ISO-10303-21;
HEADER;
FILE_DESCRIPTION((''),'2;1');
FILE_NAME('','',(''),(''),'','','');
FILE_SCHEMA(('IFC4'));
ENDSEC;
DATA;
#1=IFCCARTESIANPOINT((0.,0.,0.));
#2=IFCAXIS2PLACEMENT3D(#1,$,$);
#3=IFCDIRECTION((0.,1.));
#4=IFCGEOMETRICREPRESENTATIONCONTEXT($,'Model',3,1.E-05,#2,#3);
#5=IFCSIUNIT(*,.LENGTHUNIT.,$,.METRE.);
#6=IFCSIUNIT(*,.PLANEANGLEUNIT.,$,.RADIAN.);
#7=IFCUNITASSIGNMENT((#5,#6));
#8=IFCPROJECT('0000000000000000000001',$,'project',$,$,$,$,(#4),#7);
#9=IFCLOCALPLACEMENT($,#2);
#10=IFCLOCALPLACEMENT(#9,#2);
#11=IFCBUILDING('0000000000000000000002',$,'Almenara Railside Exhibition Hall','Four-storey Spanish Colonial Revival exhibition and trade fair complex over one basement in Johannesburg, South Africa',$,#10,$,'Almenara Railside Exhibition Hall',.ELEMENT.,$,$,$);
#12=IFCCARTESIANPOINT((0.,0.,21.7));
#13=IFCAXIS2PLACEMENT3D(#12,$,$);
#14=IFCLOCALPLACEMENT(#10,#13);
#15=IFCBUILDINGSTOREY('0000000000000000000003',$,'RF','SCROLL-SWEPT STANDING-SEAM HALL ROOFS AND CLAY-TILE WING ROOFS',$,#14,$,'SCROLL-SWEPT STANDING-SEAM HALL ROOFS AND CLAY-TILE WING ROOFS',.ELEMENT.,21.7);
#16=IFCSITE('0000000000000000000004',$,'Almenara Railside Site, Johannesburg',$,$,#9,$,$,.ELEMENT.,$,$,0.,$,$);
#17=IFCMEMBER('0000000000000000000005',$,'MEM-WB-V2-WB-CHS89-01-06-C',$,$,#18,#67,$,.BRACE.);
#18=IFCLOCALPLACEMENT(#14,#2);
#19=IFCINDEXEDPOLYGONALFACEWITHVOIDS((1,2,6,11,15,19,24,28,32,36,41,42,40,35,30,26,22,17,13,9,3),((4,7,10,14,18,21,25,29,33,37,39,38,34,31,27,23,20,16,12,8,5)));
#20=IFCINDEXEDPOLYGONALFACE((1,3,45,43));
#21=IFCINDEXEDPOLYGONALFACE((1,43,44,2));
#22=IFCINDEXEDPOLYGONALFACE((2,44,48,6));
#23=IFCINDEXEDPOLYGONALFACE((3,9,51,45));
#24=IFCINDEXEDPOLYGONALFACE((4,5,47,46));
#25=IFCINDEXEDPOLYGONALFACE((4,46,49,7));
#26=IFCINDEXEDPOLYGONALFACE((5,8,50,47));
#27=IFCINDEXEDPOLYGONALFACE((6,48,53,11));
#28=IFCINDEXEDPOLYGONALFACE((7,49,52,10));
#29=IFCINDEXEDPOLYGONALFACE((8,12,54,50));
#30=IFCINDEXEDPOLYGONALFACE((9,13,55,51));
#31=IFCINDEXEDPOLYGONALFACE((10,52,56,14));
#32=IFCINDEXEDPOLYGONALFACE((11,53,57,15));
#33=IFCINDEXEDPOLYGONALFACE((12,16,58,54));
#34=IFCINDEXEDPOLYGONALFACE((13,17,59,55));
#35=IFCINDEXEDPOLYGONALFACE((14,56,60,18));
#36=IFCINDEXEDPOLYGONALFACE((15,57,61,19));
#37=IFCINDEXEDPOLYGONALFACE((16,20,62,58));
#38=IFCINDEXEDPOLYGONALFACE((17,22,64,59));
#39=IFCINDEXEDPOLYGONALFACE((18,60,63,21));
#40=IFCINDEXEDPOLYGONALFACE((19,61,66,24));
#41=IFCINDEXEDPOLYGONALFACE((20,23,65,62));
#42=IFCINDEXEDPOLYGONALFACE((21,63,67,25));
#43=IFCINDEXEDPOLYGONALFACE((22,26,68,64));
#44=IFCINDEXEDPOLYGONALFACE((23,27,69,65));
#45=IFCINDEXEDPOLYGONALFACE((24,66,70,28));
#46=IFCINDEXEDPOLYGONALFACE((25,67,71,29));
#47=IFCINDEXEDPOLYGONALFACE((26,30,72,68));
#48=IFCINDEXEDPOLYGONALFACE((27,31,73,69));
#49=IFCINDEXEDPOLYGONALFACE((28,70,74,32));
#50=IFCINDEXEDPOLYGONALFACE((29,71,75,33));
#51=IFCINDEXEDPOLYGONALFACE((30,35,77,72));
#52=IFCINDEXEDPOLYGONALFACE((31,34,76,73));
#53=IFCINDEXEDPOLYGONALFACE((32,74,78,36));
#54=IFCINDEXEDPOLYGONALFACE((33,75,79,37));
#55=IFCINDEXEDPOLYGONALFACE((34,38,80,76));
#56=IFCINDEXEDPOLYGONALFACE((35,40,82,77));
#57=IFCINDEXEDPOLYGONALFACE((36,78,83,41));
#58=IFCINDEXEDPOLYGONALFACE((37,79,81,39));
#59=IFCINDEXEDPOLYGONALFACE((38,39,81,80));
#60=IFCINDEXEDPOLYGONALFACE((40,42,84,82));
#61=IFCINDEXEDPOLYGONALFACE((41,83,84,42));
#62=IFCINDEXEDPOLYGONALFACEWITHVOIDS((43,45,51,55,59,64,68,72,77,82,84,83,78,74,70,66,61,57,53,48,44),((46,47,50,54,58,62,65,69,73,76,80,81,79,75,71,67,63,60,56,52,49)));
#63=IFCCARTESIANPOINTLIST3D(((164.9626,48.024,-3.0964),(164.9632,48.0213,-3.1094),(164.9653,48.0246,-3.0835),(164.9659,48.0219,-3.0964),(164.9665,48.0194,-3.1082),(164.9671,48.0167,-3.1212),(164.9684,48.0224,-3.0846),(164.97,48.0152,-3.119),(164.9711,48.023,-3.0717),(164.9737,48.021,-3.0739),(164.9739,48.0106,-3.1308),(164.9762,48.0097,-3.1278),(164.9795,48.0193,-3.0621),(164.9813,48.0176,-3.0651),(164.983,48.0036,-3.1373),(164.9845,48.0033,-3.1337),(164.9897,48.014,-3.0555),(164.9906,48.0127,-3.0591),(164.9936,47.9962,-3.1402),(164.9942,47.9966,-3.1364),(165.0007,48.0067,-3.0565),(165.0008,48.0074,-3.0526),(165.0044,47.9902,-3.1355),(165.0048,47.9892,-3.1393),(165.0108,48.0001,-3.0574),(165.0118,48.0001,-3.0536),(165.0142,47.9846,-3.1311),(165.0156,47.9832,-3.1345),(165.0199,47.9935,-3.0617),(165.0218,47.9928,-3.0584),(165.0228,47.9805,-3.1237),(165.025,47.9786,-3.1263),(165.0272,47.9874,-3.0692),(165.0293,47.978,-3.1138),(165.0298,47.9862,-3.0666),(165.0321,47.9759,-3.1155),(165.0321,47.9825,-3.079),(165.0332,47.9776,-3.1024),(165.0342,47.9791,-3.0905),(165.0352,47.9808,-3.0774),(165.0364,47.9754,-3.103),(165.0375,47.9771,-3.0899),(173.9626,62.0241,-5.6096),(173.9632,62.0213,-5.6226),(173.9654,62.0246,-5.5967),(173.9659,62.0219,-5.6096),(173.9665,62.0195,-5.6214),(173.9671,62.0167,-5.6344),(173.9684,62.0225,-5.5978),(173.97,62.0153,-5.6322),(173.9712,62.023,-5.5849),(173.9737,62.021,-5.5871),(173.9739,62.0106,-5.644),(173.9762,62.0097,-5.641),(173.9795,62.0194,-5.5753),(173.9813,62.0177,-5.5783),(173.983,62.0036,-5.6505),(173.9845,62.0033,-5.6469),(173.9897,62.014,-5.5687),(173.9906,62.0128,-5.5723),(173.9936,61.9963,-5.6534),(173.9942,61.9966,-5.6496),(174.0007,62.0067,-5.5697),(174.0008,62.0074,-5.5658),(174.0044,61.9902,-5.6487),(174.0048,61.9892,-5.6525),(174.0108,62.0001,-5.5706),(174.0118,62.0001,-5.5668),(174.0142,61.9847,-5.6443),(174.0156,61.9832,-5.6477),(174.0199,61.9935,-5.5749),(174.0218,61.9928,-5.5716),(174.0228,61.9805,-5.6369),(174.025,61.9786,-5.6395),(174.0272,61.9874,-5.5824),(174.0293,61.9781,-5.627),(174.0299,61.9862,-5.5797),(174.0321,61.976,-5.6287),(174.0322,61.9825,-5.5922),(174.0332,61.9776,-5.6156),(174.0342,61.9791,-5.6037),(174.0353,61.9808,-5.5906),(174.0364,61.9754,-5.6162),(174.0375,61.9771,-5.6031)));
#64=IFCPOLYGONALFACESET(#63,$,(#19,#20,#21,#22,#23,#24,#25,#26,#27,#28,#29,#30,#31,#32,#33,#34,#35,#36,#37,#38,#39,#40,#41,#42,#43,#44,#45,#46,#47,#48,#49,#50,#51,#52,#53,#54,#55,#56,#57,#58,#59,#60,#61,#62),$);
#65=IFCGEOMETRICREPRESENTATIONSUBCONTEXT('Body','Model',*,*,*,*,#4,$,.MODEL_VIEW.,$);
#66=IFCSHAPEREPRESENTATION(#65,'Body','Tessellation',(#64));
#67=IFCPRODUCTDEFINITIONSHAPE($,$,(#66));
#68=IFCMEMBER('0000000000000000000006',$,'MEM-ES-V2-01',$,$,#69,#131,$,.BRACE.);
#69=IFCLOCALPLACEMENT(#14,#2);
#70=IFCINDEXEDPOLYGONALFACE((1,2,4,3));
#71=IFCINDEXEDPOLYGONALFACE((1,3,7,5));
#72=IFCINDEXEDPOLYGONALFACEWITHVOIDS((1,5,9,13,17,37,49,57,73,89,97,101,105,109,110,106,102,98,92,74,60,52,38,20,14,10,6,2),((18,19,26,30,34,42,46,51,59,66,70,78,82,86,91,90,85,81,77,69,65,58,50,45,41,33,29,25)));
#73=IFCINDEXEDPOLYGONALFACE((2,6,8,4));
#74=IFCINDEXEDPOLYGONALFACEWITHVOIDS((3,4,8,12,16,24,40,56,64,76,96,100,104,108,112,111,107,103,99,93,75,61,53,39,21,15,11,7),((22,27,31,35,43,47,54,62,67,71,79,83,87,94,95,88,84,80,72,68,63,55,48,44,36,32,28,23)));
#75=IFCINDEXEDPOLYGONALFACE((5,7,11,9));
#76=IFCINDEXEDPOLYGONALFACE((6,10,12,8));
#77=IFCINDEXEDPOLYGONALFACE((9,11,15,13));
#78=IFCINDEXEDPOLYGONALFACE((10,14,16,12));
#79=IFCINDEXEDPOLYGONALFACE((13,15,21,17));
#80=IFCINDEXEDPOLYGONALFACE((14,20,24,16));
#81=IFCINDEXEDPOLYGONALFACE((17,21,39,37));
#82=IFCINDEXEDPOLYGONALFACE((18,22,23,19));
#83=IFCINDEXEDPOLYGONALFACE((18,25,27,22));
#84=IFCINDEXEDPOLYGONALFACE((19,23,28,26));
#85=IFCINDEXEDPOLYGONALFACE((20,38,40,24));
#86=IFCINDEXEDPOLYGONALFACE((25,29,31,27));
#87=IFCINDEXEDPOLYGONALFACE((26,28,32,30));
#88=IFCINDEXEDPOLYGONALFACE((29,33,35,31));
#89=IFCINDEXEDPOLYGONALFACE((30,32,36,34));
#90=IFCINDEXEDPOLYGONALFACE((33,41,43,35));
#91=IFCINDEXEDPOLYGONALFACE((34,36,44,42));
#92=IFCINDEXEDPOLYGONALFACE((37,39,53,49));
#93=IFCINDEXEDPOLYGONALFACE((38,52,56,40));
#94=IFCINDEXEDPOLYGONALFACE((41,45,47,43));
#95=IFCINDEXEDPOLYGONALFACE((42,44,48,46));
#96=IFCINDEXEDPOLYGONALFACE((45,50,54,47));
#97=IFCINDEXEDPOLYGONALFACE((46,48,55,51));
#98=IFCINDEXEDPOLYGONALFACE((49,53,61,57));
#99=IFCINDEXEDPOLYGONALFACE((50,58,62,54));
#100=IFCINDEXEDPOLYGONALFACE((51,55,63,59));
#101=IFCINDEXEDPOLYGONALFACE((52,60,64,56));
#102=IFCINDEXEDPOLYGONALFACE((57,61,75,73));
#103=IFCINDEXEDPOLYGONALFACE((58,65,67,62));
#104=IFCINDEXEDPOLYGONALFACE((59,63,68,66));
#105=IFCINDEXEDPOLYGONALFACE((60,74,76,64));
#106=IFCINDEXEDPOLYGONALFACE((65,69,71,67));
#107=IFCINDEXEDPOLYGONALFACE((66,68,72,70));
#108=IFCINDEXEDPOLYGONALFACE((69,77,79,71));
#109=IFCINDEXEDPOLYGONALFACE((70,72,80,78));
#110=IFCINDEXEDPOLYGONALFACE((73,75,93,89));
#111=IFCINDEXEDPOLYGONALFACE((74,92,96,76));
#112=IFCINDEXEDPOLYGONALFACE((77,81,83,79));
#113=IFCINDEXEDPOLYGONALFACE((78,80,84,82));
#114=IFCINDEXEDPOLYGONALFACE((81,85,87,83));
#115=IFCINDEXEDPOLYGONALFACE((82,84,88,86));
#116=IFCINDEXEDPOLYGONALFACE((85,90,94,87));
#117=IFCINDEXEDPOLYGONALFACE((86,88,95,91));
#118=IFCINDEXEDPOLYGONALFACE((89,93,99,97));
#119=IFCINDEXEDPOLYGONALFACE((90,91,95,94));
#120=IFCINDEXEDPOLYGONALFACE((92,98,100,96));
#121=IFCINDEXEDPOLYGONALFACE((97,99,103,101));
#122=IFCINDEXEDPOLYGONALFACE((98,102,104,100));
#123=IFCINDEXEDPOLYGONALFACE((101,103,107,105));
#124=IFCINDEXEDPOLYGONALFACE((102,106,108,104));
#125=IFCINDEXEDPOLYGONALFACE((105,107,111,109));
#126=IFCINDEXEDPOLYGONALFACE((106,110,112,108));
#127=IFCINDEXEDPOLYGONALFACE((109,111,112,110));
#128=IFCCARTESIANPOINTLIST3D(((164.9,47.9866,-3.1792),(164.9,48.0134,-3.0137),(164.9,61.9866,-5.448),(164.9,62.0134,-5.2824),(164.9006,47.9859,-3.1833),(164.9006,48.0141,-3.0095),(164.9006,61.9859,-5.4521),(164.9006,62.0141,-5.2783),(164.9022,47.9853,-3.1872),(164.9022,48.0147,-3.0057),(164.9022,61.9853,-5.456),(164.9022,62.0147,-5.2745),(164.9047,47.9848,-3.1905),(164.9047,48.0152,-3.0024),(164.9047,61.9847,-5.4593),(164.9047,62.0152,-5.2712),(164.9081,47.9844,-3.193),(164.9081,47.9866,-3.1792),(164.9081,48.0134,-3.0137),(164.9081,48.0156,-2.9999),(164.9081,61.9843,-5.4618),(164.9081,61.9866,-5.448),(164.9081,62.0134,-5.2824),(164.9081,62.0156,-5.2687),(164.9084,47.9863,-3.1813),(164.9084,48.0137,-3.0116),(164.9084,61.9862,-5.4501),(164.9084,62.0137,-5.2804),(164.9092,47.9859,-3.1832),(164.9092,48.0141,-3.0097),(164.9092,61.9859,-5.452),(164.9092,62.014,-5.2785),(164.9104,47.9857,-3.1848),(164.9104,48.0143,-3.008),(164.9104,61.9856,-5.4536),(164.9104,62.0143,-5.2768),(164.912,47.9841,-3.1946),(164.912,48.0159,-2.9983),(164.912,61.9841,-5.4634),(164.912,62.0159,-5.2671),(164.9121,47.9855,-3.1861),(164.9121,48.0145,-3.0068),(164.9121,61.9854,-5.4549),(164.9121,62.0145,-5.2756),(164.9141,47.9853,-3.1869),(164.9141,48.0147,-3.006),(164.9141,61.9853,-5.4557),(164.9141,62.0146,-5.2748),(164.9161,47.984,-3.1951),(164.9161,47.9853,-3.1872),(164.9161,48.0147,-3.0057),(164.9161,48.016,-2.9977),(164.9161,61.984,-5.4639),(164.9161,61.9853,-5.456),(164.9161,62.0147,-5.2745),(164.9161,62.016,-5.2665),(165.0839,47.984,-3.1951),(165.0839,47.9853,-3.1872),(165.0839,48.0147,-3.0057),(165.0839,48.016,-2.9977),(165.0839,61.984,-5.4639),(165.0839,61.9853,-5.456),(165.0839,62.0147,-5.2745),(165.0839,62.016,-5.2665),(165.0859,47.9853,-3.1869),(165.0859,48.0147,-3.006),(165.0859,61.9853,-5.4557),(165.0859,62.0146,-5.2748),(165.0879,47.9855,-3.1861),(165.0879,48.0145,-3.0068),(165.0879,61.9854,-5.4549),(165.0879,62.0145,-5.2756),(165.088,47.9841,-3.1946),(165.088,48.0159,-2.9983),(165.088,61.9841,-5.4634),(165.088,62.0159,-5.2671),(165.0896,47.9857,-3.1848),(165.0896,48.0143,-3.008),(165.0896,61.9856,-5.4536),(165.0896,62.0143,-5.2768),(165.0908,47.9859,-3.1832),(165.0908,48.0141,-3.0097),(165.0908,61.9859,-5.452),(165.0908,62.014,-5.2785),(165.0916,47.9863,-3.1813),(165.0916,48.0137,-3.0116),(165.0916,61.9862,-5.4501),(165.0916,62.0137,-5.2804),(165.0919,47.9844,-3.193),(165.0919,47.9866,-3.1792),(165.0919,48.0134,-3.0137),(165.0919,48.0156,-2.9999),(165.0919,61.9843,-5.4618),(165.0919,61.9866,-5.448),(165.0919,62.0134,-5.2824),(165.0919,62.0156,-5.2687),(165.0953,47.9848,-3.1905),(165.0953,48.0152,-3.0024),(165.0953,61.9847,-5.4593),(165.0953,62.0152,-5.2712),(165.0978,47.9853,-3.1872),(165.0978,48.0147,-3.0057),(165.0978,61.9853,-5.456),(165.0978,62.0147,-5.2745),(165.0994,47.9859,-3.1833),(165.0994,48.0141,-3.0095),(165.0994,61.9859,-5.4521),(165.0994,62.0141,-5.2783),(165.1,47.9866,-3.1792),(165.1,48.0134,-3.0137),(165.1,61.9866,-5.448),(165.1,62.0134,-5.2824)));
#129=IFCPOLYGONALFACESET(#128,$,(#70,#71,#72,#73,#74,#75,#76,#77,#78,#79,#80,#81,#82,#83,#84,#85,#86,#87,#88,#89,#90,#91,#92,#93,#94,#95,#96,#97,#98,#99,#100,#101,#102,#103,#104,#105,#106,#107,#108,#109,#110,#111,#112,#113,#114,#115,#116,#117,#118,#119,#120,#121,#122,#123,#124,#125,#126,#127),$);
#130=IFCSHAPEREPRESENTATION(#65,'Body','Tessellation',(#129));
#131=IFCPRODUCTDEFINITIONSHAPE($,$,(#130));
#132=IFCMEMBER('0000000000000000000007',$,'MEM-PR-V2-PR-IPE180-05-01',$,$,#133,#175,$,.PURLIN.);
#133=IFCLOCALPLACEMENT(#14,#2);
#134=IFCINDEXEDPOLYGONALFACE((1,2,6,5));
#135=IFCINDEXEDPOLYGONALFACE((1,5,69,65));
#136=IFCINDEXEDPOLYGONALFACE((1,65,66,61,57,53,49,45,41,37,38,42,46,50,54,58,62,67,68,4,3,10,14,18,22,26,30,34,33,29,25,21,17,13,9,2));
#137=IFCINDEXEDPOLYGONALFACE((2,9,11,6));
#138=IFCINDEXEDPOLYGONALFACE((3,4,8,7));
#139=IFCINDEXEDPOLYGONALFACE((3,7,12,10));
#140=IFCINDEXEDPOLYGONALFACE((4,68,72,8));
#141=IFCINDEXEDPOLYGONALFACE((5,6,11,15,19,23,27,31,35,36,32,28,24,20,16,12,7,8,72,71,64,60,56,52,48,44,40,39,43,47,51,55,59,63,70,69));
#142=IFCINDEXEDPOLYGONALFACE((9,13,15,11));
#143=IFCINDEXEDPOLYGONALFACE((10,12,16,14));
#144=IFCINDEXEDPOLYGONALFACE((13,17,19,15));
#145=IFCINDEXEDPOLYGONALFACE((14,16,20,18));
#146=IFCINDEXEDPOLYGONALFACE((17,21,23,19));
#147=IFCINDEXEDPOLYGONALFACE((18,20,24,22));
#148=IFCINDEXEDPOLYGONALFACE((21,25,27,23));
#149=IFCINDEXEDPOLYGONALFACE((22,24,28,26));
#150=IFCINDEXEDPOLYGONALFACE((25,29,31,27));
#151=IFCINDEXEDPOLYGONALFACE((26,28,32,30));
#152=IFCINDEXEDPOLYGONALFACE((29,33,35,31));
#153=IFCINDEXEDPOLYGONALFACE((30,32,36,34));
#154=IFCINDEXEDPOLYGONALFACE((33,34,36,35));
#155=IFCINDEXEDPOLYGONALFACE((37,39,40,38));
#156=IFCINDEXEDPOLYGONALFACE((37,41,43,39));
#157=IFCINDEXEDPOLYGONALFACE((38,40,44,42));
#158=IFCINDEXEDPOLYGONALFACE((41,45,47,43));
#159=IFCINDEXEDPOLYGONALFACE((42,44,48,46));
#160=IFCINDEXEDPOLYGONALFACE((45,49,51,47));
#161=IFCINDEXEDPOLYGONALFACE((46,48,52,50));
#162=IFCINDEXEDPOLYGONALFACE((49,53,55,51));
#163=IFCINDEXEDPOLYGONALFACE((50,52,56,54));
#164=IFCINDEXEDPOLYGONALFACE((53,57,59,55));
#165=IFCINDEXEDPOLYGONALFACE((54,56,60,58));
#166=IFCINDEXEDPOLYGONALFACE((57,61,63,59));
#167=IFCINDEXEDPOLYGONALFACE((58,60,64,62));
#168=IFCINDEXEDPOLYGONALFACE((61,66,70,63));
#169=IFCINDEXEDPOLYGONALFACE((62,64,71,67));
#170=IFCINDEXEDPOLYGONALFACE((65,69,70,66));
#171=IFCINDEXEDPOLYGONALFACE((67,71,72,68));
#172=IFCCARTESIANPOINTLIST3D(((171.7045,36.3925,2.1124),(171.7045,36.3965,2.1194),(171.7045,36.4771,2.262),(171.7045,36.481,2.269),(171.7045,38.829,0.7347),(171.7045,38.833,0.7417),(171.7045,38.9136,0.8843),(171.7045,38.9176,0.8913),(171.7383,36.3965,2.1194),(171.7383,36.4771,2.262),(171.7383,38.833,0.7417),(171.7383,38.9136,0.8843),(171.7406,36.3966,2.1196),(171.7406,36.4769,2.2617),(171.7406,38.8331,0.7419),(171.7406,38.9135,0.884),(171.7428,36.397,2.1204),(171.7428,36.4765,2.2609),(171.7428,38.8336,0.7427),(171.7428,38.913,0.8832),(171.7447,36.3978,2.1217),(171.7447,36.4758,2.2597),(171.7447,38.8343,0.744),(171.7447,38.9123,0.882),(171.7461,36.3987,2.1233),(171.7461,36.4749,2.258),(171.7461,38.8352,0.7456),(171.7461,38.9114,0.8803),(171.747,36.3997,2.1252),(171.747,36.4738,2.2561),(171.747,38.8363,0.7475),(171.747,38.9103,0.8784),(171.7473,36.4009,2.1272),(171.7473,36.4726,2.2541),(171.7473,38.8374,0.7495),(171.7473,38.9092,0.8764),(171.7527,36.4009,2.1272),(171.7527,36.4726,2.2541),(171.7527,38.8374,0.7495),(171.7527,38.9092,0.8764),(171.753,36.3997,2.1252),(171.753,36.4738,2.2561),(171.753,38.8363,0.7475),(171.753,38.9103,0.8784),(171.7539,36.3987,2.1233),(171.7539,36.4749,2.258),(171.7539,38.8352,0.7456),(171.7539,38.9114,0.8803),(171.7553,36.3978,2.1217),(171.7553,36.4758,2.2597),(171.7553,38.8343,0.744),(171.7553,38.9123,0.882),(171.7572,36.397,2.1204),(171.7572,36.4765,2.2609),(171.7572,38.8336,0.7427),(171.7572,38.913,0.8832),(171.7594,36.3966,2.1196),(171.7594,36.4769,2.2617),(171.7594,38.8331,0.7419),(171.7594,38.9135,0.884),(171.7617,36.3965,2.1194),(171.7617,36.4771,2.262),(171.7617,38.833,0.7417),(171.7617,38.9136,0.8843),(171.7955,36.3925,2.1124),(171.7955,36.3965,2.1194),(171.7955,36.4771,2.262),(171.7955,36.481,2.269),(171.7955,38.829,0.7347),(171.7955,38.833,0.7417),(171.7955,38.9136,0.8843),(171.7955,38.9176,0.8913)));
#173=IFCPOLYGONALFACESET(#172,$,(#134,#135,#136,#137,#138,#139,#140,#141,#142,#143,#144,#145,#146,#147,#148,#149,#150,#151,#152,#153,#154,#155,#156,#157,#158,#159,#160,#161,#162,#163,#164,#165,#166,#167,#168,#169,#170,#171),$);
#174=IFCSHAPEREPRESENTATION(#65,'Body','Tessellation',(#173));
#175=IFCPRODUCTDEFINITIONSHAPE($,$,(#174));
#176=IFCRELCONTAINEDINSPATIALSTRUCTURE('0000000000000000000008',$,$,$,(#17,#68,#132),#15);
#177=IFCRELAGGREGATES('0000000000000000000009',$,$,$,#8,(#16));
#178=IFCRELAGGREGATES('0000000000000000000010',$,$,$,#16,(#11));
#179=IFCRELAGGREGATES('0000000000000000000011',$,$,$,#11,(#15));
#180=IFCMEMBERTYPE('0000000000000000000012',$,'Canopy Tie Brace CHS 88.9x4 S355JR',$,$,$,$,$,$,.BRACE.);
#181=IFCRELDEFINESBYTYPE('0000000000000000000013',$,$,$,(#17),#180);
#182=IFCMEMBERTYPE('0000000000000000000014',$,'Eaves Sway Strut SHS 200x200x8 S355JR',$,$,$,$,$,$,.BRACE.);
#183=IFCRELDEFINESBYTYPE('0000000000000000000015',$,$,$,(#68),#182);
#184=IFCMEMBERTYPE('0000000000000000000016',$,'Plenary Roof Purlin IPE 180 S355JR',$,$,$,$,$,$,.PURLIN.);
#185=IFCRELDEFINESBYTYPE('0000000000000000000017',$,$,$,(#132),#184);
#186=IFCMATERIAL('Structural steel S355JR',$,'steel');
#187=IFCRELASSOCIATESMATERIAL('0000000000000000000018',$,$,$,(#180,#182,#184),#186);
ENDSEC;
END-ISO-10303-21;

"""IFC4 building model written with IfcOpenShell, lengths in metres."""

from ifc_helpers import new_model, si_unit, direction, frame, origin, origin_2d, place, context, subcontext, project, spatial, hollow_rectangle, hollow_circle, i_section, extrude, material, material_profile, profile_set, type_object, element, save


model = new_model("IFC4")

# Units and contexts
model_context = context("Model", 3, precision=1e-05, world=origin(), true_north=direction((0.0, 1.0)))
body_context = subcontext(model_context, "Body", "Model", "MODEL_VIEW")
ifc_project = project(units=[si_unit("LENGTHUNIT", "METRE"), si_unit("PLANEANGLEUNIT", "RADIAN")], contexts=[model_context])

# Site, building, storey
site_placement = place(None, origin())
site = spatial("IfcSite", under=ifc_project, at=site_placement, Name="Almenara Railside Site, Johannesburg", CompositionType="ELEMENT", RefElevation=0.0)
building_placement = place(site_placement, origin())
building = spatial("IfcBuilding", under=site, at=building_placement, Name="Almenara Railside Exhibition Hall", Description="Four-storey Spanish Colonial Revival exhibition and trade fair complex over one basement in Johannesburg, South Africa", LongName="Almenara Railside Exhibition Hall", CompositionType="ELEMENT")
storey_placement = place(building_placement, frame((0.0, 0.0, 21.7)))
storey = spatial("IfcBuildingStorey", under=building, at=storey_placement, Name="RF", Description="SCROLL-SWEPT STANDING-SEAM HALL ROOFS AND CLAY-TILE WING ROOFS", LongName="SCROLL-SWEPT STANDING-SEAM HALL ROOFS AND CLAY-TILE WING ROOFS", CompositionType="ELEMENT", Elevation=21.7)

# Members
ifc_material_1 = material(Name="Structural steel S355JR", Category="steel")
ifc_material_profile_1 = material_profile(ifc_material_1, hollow_circle(Radius=0.0444, WallThickness=0.0039, at=origin_2d()), Name="CHS 88.9x4")
ifc_profile_set_1 = profile_set([ifc_material_profile_1], Name="Structural steel S355JR")
member_type_1 = type_object("IfcMemberType", Name="Canopy Tie Brace CHS 88.9x4 S355JR", PredefinedType="BRACE", material=ifc_profile_set_1)
member_1_placement = place(storey_placement, frame((165.0, 48.0, -3.0964), z_axis=(0.534696, 0.831749, -0.14931), x_axis=(-0.841178, 0.540758, 0.0)))
element("IfcMember", 1, at=member_1_placement, inside=storey, type_object=member_type_1, Name="MEM-WB-V2-WB-CHS89-01-06-C", PredefinedType="BRACE", context=body_context, shape_type="SweptSolid", body=[
    extrude(hollow_circle(Radius=0.0444, WallThickness=0.0039, at=origin_2d()), origin(), (0.0, 0.0, 1.0), 16.832),
])
ifc_material_profile_2 = material_profile(ifc_material_1, hollow_rectangle(XDim=0.2, YDim=0.2, WallThickness=0.0081, InnerFilletRadius=0.0081, OuterFilletRadius=0.0161, at=origin_2d()), Name="SHS 200x200x8")
ifc_profile_set_2 = profile_set([ifc_material_profile_2], Name="Structural steel S355JR")
member_type_2 = type_object("IfcMemberType", Name="Eaves Sway Strut SHS 200x200x8 S355JR", PredefinedType="BRACE", material=ifc_profile_set_2)
member_2_placement = place(storey_placement, frame((165.0, 48.0, -3.0964), z_axis=(0.0, 0.987122, -0.15997), x_axis=(-1.0, 0.0, 0.0)))
element("IfcMember", 2, at=member_2_placement, inside=storey, type_object=member_type_2, Name="MEM-ES-V2-01", PredefinedType="BRACE", context=body_context, shape_type="SweptSolid", body=[
    extrude(hollow_rectangle(XDim=0.2, YDim=0.2, WallThickness=0.0081, InnerFilletRadius=0.0081, OuterFilletRadius=0.0161, at=origin_2d()), origin(), (0.0, 0.0, 1.0), 14.1826),
])
ifc_material_profile_3 = material_profile(ifc_material_1, i_section(OverallWidth=0.0911, OverallDepth=0.1799, WebThickness=0.0054, FlangeThickness=0.0081, FilletRadius=0.009, at=origin_2d()), Name="IPE 180")
ifc_profile_set_3 = profile_set([ifc_material_profile_3], Name="Structural steel S355JR")
member_type_3 = type_object("IfcMemberType", Name="Plenary Roof Purlin IPE 180 S355JR", PredefinedType="PURLIN", material=ifc_profile_set_3)
member_3_placement = place(storey_placement, frame((171.75, 36.4368, 2.1907), z_axis=(0.0, 0.870483, -0.492198), x_axis=(-1.0, 0.0, 0.0)))
element("IfcMember", 3, at=member_3_placement, inside=storey, type_object=member_type_3, Name="MEM-PR-V2-PR-IPE180-05-01", PredefinedType="PURLIN", context=body_context, shape_type="SweptSolid", body=[
    extrude(i_section(OverallWidth=0.0911, OverallDepth=0.1799, WebThickness=0.0054, FlangeThickness=0.0081, FilletRadius=0.009, at=origin_2d()), origin(), (0.0, 0.0, 1.0), 2.7991),
])

save(model, "model.ifc")
